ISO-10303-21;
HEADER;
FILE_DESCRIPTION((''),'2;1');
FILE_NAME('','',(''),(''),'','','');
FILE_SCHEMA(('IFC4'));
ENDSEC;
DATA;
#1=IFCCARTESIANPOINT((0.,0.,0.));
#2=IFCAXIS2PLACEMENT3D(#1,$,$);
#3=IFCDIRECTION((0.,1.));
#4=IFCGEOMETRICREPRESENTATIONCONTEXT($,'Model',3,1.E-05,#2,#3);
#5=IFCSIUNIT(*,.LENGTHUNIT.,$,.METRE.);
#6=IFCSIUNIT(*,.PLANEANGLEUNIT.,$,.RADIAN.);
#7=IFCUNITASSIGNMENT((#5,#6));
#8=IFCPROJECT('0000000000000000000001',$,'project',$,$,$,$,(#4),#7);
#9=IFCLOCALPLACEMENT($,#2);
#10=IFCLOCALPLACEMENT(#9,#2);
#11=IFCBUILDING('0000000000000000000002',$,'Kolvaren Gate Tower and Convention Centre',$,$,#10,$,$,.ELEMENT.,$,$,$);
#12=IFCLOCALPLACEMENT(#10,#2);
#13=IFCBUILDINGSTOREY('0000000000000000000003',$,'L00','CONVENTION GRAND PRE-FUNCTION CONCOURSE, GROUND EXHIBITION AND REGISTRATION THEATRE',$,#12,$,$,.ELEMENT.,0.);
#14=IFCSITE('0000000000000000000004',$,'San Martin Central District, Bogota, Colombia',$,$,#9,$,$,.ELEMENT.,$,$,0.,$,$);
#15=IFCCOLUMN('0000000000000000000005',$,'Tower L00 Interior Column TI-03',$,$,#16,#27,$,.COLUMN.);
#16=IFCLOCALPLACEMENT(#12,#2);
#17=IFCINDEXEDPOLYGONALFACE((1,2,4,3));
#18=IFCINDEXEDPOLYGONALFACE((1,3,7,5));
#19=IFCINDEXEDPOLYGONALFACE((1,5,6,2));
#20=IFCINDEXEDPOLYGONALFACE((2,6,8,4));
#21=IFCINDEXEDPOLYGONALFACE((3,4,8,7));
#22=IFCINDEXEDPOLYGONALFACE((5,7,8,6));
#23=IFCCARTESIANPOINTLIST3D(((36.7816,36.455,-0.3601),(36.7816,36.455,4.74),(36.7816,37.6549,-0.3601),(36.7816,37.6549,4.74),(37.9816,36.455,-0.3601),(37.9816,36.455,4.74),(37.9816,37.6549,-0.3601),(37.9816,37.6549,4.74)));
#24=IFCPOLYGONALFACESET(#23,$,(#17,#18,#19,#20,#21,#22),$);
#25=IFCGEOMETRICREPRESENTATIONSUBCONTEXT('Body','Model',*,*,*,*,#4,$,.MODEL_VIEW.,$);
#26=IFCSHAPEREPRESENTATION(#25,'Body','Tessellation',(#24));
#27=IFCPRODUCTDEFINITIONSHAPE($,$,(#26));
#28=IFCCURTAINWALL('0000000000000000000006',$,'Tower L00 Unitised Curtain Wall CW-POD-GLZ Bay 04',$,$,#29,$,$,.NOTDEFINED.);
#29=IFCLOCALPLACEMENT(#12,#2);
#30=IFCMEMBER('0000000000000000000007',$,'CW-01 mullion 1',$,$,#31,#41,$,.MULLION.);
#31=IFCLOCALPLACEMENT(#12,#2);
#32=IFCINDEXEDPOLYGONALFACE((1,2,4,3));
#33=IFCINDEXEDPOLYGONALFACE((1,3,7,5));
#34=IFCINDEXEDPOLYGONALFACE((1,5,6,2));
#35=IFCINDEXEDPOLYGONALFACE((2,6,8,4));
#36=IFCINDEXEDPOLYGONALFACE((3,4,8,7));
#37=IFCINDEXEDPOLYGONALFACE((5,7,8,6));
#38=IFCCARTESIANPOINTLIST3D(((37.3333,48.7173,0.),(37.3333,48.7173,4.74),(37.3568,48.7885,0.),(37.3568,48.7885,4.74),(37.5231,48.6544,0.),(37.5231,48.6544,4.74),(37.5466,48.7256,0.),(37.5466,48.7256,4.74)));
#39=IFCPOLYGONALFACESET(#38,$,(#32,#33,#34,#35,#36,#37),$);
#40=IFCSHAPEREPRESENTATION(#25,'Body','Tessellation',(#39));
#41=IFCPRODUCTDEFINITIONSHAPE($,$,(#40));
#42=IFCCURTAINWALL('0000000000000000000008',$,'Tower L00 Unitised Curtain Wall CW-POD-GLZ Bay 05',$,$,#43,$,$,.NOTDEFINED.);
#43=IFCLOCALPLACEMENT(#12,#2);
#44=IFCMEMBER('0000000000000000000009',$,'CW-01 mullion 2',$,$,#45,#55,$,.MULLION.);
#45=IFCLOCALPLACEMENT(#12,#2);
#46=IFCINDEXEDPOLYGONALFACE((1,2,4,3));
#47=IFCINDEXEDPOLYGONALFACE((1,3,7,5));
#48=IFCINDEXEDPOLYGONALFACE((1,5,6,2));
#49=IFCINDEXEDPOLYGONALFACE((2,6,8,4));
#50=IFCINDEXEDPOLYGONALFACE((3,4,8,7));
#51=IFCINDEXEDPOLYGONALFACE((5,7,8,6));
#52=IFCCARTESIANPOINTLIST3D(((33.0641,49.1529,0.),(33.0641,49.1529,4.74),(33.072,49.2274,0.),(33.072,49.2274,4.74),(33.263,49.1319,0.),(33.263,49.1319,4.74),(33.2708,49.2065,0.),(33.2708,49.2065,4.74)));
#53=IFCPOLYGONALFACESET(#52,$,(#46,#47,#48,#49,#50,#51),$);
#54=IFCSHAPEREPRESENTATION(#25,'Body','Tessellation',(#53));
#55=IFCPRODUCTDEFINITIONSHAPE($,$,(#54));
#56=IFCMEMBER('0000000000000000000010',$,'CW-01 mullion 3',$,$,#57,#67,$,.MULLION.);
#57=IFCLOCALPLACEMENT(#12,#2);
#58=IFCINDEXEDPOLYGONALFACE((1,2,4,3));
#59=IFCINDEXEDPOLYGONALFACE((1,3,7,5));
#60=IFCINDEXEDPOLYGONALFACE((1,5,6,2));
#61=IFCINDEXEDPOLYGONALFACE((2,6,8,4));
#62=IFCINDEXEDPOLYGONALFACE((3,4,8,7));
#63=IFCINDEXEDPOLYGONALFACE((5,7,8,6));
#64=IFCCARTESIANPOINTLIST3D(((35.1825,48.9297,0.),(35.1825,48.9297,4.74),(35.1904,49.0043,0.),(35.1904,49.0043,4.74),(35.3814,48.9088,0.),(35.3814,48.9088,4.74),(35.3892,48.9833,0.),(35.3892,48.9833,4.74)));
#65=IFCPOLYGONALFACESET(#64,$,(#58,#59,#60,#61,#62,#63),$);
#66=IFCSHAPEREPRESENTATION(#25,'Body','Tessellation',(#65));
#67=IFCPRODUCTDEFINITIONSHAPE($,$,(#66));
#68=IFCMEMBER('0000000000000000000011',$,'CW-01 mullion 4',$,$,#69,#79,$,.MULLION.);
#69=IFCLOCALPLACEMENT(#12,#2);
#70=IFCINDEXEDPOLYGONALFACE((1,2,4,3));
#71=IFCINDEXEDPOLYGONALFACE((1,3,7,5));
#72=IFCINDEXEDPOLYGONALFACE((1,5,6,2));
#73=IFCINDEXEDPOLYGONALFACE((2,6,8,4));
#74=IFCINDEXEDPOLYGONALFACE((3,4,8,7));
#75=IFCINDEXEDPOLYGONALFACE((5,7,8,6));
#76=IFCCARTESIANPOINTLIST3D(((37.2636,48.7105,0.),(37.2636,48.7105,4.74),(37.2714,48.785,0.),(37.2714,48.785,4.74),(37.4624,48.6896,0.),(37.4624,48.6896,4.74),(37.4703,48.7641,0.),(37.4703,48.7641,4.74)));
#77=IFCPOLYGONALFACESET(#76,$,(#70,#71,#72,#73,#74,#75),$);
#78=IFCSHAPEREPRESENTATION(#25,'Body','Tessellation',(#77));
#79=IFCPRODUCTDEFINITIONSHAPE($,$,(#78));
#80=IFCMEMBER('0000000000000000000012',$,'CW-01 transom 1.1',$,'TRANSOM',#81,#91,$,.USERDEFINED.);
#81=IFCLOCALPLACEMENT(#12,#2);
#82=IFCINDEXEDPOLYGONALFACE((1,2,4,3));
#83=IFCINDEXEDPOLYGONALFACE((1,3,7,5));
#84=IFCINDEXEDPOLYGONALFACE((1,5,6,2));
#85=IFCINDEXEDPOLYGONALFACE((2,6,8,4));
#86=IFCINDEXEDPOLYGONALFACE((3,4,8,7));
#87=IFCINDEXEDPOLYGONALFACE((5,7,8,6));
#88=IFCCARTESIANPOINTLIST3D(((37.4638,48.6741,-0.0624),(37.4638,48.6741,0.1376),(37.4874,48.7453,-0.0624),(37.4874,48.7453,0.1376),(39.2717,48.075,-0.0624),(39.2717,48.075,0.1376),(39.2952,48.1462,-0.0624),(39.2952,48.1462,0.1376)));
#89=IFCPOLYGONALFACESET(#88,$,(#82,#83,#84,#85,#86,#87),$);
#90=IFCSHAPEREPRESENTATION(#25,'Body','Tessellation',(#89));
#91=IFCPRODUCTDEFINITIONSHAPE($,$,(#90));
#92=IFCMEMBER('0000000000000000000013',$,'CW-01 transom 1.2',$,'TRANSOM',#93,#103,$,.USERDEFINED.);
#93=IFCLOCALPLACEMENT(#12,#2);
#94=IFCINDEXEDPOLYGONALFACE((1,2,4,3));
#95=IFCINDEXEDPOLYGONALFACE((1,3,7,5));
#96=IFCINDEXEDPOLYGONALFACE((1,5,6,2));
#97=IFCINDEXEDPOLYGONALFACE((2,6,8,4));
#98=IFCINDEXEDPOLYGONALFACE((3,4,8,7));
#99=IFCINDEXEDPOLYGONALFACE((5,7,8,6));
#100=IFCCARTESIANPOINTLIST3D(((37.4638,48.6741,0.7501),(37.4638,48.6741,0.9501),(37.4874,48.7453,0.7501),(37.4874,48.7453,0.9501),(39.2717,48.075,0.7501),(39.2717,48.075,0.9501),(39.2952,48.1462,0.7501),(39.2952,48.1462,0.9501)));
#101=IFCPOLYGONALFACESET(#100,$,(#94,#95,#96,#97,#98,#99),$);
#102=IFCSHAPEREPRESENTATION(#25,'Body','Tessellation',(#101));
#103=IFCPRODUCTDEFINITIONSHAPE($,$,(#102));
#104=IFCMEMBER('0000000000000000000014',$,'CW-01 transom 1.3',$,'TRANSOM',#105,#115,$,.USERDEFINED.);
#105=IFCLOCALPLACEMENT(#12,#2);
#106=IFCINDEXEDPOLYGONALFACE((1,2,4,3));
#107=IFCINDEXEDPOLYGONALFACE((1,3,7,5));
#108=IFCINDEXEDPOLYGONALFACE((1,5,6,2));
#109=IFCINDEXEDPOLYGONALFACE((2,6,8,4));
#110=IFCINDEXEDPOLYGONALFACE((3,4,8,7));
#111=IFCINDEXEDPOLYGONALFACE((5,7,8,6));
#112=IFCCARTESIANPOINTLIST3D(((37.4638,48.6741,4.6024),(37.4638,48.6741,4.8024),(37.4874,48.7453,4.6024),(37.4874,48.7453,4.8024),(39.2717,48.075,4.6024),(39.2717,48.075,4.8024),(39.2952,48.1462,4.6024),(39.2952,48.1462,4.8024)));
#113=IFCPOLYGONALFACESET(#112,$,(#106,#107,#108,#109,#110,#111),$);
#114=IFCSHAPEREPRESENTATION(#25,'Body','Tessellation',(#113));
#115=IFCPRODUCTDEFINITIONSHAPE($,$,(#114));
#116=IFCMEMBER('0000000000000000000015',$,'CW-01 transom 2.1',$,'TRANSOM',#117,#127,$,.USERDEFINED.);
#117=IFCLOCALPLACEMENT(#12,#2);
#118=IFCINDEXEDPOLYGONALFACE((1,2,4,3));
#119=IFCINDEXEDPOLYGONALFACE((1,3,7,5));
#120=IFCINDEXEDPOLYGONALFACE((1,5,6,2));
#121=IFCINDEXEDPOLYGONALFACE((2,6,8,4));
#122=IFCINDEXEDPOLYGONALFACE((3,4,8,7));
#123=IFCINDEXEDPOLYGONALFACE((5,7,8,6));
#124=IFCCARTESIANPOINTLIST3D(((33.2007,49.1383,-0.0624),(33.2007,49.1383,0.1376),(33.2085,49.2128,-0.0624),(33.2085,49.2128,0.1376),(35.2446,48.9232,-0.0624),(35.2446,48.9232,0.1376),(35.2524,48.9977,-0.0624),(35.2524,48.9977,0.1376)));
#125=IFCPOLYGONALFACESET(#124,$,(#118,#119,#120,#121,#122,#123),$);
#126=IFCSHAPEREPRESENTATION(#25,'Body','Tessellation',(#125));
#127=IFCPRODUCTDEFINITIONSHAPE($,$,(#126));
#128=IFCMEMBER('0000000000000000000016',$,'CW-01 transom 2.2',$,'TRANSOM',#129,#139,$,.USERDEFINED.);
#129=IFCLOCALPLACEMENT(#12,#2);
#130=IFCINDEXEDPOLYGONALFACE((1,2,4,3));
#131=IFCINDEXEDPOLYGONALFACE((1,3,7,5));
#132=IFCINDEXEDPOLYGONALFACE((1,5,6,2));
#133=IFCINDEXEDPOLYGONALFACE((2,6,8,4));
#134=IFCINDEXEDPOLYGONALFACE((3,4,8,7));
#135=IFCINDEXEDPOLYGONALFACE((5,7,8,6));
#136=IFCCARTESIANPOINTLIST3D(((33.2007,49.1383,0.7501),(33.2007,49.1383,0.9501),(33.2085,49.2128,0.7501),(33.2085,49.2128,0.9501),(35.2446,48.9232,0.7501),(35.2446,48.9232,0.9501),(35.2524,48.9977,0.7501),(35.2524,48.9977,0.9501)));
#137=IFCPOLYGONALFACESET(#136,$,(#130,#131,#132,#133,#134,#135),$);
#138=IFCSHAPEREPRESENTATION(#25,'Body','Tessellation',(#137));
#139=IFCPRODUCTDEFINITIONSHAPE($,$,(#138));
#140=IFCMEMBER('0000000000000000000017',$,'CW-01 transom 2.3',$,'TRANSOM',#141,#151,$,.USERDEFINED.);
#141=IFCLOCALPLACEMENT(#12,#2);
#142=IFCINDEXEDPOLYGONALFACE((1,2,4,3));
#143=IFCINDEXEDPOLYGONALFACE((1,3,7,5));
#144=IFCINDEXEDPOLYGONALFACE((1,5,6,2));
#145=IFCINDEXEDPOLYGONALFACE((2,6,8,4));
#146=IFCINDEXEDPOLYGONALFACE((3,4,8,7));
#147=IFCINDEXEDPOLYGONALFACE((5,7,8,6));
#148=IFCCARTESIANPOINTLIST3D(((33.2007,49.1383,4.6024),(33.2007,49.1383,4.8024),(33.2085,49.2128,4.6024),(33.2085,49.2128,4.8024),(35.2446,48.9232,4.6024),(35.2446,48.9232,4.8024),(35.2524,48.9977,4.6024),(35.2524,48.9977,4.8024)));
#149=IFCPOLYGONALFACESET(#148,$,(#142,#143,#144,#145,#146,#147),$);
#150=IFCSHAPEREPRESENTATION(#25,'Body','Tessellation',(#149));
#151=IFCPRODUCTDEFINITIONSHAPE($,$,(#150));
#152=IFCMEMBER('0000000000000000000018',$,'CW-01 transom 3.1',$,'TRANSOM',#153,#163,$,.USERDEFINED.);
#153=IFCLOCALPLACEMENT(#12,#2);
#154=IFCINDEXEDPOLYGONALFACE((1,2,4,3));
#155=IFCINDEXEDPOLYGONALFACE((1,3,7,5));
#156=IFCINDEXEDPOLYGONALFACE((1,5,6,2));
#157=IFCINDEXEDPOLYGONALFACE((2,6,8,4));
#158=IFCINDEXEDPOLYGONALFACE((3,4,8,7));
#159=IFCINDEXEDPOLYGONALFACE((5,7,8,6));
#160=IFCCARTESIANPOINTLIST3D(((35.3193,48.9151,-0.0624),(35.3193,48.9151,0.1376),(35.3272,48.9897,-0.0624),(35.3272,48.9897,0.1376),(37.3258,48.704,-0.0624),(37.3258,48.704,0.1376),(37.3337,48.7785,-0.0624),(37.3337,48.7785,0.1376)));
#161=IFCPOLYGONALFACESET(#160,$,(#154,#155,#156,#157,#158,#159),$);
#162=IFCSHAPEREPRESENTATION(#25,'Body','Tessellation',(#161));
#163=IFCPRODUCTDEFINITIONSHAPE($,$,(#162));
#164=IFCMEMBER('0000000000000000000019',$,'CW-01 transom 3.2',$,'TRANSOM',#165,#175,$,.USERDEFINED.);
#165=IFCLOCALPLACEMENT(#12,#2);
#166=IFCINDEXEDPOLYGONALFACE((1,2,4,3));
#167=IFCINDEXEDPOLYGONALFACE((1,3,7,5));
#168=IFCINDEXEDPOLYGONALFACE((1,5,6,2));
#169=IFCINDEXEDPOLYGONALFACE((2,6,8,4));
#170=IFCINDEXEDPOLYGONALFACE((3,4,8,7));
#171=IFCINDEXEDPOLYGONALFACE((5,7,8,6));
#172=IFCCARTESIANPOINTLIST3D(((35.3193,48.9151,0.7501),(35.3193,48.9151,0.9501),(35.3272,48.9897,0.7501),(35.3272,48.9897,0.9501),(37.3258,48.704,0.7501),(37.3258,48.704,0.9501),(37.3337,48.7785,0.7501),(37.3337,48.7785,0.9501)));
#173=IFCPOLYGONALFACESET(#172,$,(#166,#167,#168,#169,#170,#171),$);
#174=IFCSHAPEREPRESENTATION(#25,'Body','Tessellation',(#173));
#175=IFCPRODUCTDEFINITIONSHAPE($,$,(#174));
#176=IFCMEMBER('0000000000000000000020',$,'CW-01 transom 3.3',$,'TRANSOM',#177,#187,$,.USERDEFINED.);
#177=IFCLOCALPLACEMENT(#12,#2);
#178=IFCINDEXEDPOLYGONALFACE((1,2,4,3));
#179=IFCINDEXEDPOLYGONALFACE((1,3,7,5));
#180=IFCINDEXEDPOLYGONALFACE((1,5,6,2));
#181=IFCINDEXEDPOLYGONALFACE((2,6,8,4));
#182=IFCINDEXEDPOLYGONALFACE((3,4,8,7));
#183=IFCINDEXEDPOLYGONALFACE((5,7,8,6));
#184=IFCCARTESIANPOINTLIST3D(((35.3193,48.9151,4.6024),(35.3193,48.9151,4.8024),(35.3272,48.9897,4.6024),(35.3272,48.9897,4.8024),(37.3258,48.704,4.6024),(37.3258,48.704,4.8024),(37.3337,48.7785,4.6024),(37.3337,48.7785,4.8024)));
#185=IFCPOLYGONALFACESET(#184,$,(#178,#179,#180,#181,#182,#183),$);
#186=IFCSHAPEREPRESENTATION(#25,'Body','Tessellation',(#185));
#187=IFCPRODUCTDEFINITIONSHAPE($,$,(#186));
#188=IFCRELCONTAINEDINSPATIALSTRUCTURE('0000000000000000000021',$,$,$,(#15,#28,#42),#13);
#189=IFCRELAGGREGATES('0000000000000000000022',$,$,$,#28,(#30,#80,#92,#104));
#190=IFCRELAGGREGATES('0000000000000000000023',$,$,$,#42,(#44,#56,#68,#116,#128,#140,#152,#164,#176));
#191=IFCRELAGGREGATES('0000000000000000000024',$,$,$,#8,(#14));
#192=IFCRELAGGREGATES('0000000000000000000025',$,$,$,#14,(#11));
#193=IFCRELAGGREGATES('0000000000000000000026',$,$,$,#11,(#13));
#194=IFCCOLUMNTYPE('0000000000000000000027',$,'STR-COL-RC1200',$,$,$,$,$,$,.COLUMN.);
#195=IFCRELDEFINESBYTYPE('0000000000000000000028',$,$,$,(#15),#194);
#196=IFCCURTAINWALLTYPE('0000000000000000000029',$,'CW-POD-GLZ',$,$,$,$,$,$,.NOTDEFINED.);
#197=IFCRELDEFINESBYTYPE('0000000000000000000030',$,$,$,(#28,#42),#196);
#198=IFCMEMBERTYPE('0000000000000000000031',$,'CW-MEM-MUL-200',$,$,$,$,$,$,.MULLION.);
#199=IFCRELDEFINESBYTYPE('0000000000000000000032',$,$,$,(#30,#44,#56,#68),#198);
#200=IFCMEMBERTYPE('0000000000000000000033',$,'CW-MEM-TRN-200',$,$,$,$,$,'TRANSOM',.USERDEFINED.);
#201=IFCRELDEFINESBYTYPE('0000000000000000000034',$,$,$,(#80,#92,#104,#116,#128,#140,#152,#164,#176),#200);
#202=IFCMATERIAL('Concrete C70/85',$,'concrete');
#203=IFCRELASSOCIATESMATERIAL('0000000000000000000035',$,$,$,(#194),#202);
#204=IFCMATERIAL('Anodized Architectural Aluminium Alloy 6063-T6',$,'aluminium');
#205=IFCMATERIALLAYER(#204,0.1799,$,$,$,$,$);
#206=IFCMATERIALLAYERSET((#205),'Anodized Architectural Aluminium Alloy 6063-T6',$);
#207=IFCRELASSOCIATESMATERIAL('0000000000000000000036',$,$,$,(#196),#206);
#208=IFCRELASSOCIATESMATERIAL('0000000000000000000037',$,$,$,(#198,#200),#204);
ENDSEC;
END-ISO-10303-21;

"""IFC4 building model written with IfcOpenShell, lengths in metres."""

from ifc_helpers import new_model, si_unit, direction, frame, origin, origin_2d, place, context, subcontext, project, spatial, rectangle, extrude, material, layer, layer_set, material_profile, profile_set, type_object, element, aggregate, save


model = new_model("IFC4")

# Units and contexts
model_context = context("Model", 3, precision=1e-05, world=origin(), true_north=direction((0.0, 1.0)))
body_context = subcontext(model_context, "Body", "Model", "MODEL_VIEW")
ifc_project = project(units=[si_unit("LENGTHUNIT", "METRE"), si_unit("PLANEANGLEUNIT", "RADIAN")], contexts=[model_context])

# Site, building, storey
site_placement = place(None, origin())
site = spatial("IfcSite", under=ifc_project, at=site_placement, Name="San Martin Central District, Bogota, Colombia", CompositionType="ELEMENT", RefElevation=0.0)
building_placement = place(site_placement, origin())
building = spatial("IfcBuilding", under=site, at=building_placement, Name="Kolvaren Gate Tower and Convention Centre", CompositionType="ELEMENT")
storey_placement = place(building_placement, origin())
storey = spatial("IfcBuildingStorey", under=building, at=storey_placement, Name="L00", Description="CONVENTION GRAND PRE-FUNCTION CONCOURSE, GROUND EXHIBITION AND REGISTRATION THEATRE", CompositionType="ELEMENT", Elevation=0.0)

# Column
ifc_material_1 = material(Name="Concrete C70/85", Category="concrete")
ifc_material_profile_1 = material_profile(ifc_material_1, rectangle(XDim=1.2, YDim=1.2, at=origin_2d()), Name="RC-COL-1200X1200")
ifc_profile_set_1 = profile_set([ifc_material_profile_1], Name="Concrete C70/85")
column_type = type_object("IfcColumnType", Name="STR-COL-RC1200", PredefinedType="COLUMN", material=ifc_profile_set_1)
column_placement = place(storey_placement, frame((37.3816, 37.0549, -0.3601), z_axis=(0.0, 0.0, 1.0), x_axis=(1.0, 0.0, 0.0)))
element("IfcColumn", 1, at=column_placement, inside=storey, type_object=column_type, Name="Tower L00 Interior Column TI-03", PredefinedType="COLUMN", context=body_context, shape_type="SweptSolid", body=[
    extrude(rectangle(XDim=1.2, YDim=1.2, at=origin_2d()), origin(), (0.0, 0.0, 1.0), 5.1001),
])

# Curtain wall, member
ifc_material_2 = material(Name="Anodized Architectural Aluminium Alloy 6063-T6", Category="aluminium")
ifc_layer_1 = layer(ifc_material_2, 0.1799)
ifc_layer_set_1 = layer_set([ifc_layer_1], Name="Anodized Architectural Aluminium Alloy 6063-T6")
curtain_wall_type = type_object("IfcCurtainWallType", Name="CW-POD-GLZ", PredefinedType="NOTDEFINED", material=ifc_layer_set_1)
curtain_wall_1_placement = place(storey_placement, origin())
curtain_wall_1 = element("IfcCurtainWall", 2, at=curtain_wall_1_placement, inside=storey, type_object=curtain_wall_type, Name="Tower L00 Unitised Curtain Wall CW-POD-GLZ Bay 04", PredefinedType="NOTDEFINED")
ifc_material_profile_2 = material_profile(ifc_material_2, rectangle(XDim=0.075, YDim=0.2, at=origin_2d()), Name="CW-MEM-MUL-200")
ifc_profile_set_2 = profile_set([ifc_material_profile_2], Name="Anodized Architectural Aluminium Alloy 6063-T6")
member_type_1 = type_object("IfcMemberType", Name="CW-MEM-MUL-200", PredefinedType="MULLION", material=ifc_profile_set_2)
member_1_placement = place(storey_placement, frame((37.4399, 48.7214, 0.0), z_axis=(0.0, 0.0, 1.0), x_axis=(0.314542, 0.949244, 0.0)))
member_1 = element("IfcMember", 3, at=member_1_placement, type_object=member_type_1, Name="CW-01 mullion 1", PredefinedType="MULLION", context=body_context, shape_type="SweptSolid", body=[
    extrude(rectangle(XDim=0.075, YDim=0.2, at=origin_2d()), origin(), (0.0, 0.0, 1.0), 4.74),
])

# Curtain wall, members
curtain_wall_2_placement = place(storey_placement, origin())
curtain_wall_2 = element("IfcCurtainWall", 4, at=curtain_wall_2_placement, inside=storey, type_object=curtain_wall_type, Name="Tower L00 Unitised Curtain Wall CW-POD-GLZ Bay 05", PredefinedType="NOTDEFINED")
member_2_placement = place(storey_placement, frame((33.1675, 49.1797, 0.0), z_axis=(0.0, 0.0, 1.0), x_axis=(0.104748, 0.994499, 0.0)))
member_2 = element("IfcMember", 5, at=member_2_placement, type_object=member_type_1, Name="CW-01 mullion 2", PredefinedType="MULLION", context=body_context, shape_type="SweptSolid", body=[
    extrude(rectangle(XDim=0.075, YDim=0.2, at=origin_2d()), origin(), (0.0, 0.0, 1.0), 4.74),
])
member_3_placement = place(storey_placement, frame((35.2859, 48.9565, 0.0), z_axis=(0.0, 0.0, 1.0), x_axis=(0.104748, 0.994499, 0.0)))
member_3 = element("IfcMember", 6, at=member_3_placement, type_object=member_type_1, Name="CW-01 mullion 3", PredefinedType="MULLION", context=body_context, shape_type="SweptSolid", body=[
    extrude(rectangle(XDim=0.075, YDim=0.2, at=origin_2d()), origin(), (0.0, 0.0, 1.0), 4.74),
])
member_4_placement = place(storey_placement, frame((37.3669, 48.7373, 0.0), z_axis=(0.0, 0.0, 1.0), x_axis=(0.104748, 0.994499, 0.0)))
member_4 = element("IfcMember", 7, at=member_4_placement, type_object=member_type_1, Name="CW-01 mullion 4", PredefinedType="MULLION", context=body_context, shape_type="SweptSolid", body=[
    extrude(rectangle(XDim=0.075, YDim=0.2, at=origin_2d()), origin(), (0.0, 0.0, 1.0), 4.74),
])

# Members
ifc_material_profile_3 = material_profile(ifc_material_2, rectangle(XDim=0.075, YDim=0.2, at=origin_2d()), Name="CW-MEM-TRN-200")
ifc_profile_set_3 = profile_set([ifc_material_profile_3], Name="Anodized Architectural Aluminium Alloy 6063-T6")
member_type_2 = type_object("IfcMemberType", Name="CW-MEM-TRN-200", ElementType="TRANSOM", PredefinedType="USERDEFINED", material=ifc_profile_set_3)
member_5_placement = place(storey_placement, frame((37.4756, 48.7097, 0.0376), z_axis=(0.949233, -0.314574, 0.0), x_axis=(0.314574, 0.949233, 0.0)))
member_5 = element("IfcMember", 8, at=member_5_placement, type_object=member_type_2, Name="CW-01 transom 1.1", ObjectType="TRANSOM", PredefinedType="USERDEFINED", context=body_context, shape_type="SweptSolid", body=[
    extrude(rectangle(XDim=0.075, YDim=0.2, at=origin_2d()), origin(), (0.0, 0.0, 1.0), 1.9045),
])
member_6_placement = place(storey_placement, frame((37.4756, 48.7097, 0.8501), z_axis=(0.949233, -0.314574, 0.0), x_axis=(0.314574, 0.949233, 0.0)))
member_6 = element("IfcMember", 9, at=member_6_placement, type_object=member_type_2, Name="CW-01 transom 1.2", ObjectType="TRANSOM", PredefinedType="USERDEFINED", context=body_context, shape_type="SweptSolid", body=[
    extrude(rectangle(XDim=0.075, YDim=0.2, at=origin_2d()), origin(), (0.0, 0.0, 1.0), 1.9045),
])
member_7_placement = place(storey_placement, frame((37.4756, 48.7097, 4.7024), z_axis=(0.949233, -0.314574, 0.0), x_axis=(0.314574, 0.949233, 0.0)))
member_7 = element("IfcMember", 10, at=member_7_placement, type_object=member_type_2, Name="CW-01 transom 1.3", ObjectType="TRANSOM", PredefinedType="USERDEFINED", context=body_context, shape_type="SweptSolid", body=[
    extrude(rectangle(XDim=0.075, YDim=0.2, at=origin_2d()), origin(), (0.0, 0.0, 1.0), 1.9045),
])
member_8_placement = place(storey_placement, frame((33.2046, 49.1755, 0.0376), z_axis=(0.994509, -0.104654, 0.0), x_axis=(0.104654, 0.994509, 0.0)))
member_8 = element("IfcMember", 11, at=member_8_placement, type_object=member_type_2, Name="CW-01 transom 2.1", ObjectType="TRANSOM", PredefinedType="USERDEFINED", context=body_context, shape_type="SweptSolid", body=[
    extrude(rectangle(XDim=0.075, YDim=0.2, at=origin_2d()), origin(), (0.0, 0.0, 1.0), 2.0552),
])
member_9_placement = place(storey_placement, frame((33.2046, 49.1755, 0.8501), z_axis=(0.994509, -0.104654, 0.0), x_axis=(0.104654, 0.994509, 0.0)))
member_9 = element("IfcMember", 12, at=member_9_placement, type_object=member_type_2, Name="CW-01 transom 2.2", ObjectType="TRANSOM", PredefinedType="USERDEFINED", context=body_context, shape_type="SweptSolid", body=[
    extrude(rectangle(XDim=0.075, YDim=0.2, at=origin_2d()), origin(), (0.0, 0.0, 1.0), 2.0552),
])
member_10_placement = place(storey_placement, frame((33.2046, 49.1755, 4.7024), z_axis=(0.994509, -0.104654, 0.0), x_axis=(0.104654, 0.994509, 0.0)))
member_10 = element("IfcMember", 13, at=member_10_placement, type_object=member_type_2, Name="CW-01 transom 2.3", ObjectType="TRANSOM", PredefinedType="USERDEFINED", context=body_context, shape_type="SweptSolid", body=[
    extrude(rectangle(XDim=0.075, YDim=0.2, at=origin_2d()), origin(), (0.0, 0.0, 1.0), 2.0552),
])
member_11_placement = place(storey_placement, frame((35.3232, 48.9524, 0.0376), z_axis=(0.994507, -0.104666, 0.0), x_axis=(0.104666, 0.994507, 0.0)))
member_11 = element("IfcMember", 14, at=member_11_placement, type_object=member_type_2, Name="CW-01 transom 3.1", ObjectType="TRANSOM", PredefinedType="USERDEFINED", context=body_context, shape_type="SweptSolid", body=[
    extrude(rectangle(XDim=0.075, YDim=0.2, at=origin_2d()), origin(), (0.0, 0.0, 1.0), 2.0176),
])
member_12_placement = place(storey_placement, frame((35.3232, 48.9524, 0.8501), z_axis=(0.994507, -0.104666, 0.0), x_axis=(0.104666, 0.994507, 0.0)))
member_12 = element("IfcMember", 15, at=member_12_placement, type_object=member_type_2, Name="CW-01 transom 3.2", ObjectType="TRANSOM", PredefinedType="USERDEFINED", context=body_context, shape_type="SweptSolid", body=[
    extrude(rectangle(XDim=0.075, YDim=0.2, at=origin_2d()), origin(), (0.0, 0.0, 1.0), 2.0176),
])
member_13_placement = place(storey_placement, frame((35.3232, 48.9524, 4.7024), z_axis=(0.994507, -0.104666, 0.0), x_axis=(0.104666, 0.994507, 0.0)))
member_13 = element("IfcMember", 16, at=member_13_placement, type_object=member_type_2, Name="CW-01 transom 3.3", ObjectType="TRANSOM", PredefinedType="USERDEFINED", context=body_context, shape_type="SweptSolid", body=[
    extrude(rectangle(XDim=0.075, YDim=0.2, at=origin_2d()), origin(), (0.0, 0.0, 1.0), 2.0176),
])

aggregate(curtain_wall_1, [member_1, member_5, member_6, member_7])
aggregate(curtain_wall_2, [member_2, member_3, member_4, member_8, member_9, member_10, member_11, member_12, member_13])

save(model, "model.ifc")
